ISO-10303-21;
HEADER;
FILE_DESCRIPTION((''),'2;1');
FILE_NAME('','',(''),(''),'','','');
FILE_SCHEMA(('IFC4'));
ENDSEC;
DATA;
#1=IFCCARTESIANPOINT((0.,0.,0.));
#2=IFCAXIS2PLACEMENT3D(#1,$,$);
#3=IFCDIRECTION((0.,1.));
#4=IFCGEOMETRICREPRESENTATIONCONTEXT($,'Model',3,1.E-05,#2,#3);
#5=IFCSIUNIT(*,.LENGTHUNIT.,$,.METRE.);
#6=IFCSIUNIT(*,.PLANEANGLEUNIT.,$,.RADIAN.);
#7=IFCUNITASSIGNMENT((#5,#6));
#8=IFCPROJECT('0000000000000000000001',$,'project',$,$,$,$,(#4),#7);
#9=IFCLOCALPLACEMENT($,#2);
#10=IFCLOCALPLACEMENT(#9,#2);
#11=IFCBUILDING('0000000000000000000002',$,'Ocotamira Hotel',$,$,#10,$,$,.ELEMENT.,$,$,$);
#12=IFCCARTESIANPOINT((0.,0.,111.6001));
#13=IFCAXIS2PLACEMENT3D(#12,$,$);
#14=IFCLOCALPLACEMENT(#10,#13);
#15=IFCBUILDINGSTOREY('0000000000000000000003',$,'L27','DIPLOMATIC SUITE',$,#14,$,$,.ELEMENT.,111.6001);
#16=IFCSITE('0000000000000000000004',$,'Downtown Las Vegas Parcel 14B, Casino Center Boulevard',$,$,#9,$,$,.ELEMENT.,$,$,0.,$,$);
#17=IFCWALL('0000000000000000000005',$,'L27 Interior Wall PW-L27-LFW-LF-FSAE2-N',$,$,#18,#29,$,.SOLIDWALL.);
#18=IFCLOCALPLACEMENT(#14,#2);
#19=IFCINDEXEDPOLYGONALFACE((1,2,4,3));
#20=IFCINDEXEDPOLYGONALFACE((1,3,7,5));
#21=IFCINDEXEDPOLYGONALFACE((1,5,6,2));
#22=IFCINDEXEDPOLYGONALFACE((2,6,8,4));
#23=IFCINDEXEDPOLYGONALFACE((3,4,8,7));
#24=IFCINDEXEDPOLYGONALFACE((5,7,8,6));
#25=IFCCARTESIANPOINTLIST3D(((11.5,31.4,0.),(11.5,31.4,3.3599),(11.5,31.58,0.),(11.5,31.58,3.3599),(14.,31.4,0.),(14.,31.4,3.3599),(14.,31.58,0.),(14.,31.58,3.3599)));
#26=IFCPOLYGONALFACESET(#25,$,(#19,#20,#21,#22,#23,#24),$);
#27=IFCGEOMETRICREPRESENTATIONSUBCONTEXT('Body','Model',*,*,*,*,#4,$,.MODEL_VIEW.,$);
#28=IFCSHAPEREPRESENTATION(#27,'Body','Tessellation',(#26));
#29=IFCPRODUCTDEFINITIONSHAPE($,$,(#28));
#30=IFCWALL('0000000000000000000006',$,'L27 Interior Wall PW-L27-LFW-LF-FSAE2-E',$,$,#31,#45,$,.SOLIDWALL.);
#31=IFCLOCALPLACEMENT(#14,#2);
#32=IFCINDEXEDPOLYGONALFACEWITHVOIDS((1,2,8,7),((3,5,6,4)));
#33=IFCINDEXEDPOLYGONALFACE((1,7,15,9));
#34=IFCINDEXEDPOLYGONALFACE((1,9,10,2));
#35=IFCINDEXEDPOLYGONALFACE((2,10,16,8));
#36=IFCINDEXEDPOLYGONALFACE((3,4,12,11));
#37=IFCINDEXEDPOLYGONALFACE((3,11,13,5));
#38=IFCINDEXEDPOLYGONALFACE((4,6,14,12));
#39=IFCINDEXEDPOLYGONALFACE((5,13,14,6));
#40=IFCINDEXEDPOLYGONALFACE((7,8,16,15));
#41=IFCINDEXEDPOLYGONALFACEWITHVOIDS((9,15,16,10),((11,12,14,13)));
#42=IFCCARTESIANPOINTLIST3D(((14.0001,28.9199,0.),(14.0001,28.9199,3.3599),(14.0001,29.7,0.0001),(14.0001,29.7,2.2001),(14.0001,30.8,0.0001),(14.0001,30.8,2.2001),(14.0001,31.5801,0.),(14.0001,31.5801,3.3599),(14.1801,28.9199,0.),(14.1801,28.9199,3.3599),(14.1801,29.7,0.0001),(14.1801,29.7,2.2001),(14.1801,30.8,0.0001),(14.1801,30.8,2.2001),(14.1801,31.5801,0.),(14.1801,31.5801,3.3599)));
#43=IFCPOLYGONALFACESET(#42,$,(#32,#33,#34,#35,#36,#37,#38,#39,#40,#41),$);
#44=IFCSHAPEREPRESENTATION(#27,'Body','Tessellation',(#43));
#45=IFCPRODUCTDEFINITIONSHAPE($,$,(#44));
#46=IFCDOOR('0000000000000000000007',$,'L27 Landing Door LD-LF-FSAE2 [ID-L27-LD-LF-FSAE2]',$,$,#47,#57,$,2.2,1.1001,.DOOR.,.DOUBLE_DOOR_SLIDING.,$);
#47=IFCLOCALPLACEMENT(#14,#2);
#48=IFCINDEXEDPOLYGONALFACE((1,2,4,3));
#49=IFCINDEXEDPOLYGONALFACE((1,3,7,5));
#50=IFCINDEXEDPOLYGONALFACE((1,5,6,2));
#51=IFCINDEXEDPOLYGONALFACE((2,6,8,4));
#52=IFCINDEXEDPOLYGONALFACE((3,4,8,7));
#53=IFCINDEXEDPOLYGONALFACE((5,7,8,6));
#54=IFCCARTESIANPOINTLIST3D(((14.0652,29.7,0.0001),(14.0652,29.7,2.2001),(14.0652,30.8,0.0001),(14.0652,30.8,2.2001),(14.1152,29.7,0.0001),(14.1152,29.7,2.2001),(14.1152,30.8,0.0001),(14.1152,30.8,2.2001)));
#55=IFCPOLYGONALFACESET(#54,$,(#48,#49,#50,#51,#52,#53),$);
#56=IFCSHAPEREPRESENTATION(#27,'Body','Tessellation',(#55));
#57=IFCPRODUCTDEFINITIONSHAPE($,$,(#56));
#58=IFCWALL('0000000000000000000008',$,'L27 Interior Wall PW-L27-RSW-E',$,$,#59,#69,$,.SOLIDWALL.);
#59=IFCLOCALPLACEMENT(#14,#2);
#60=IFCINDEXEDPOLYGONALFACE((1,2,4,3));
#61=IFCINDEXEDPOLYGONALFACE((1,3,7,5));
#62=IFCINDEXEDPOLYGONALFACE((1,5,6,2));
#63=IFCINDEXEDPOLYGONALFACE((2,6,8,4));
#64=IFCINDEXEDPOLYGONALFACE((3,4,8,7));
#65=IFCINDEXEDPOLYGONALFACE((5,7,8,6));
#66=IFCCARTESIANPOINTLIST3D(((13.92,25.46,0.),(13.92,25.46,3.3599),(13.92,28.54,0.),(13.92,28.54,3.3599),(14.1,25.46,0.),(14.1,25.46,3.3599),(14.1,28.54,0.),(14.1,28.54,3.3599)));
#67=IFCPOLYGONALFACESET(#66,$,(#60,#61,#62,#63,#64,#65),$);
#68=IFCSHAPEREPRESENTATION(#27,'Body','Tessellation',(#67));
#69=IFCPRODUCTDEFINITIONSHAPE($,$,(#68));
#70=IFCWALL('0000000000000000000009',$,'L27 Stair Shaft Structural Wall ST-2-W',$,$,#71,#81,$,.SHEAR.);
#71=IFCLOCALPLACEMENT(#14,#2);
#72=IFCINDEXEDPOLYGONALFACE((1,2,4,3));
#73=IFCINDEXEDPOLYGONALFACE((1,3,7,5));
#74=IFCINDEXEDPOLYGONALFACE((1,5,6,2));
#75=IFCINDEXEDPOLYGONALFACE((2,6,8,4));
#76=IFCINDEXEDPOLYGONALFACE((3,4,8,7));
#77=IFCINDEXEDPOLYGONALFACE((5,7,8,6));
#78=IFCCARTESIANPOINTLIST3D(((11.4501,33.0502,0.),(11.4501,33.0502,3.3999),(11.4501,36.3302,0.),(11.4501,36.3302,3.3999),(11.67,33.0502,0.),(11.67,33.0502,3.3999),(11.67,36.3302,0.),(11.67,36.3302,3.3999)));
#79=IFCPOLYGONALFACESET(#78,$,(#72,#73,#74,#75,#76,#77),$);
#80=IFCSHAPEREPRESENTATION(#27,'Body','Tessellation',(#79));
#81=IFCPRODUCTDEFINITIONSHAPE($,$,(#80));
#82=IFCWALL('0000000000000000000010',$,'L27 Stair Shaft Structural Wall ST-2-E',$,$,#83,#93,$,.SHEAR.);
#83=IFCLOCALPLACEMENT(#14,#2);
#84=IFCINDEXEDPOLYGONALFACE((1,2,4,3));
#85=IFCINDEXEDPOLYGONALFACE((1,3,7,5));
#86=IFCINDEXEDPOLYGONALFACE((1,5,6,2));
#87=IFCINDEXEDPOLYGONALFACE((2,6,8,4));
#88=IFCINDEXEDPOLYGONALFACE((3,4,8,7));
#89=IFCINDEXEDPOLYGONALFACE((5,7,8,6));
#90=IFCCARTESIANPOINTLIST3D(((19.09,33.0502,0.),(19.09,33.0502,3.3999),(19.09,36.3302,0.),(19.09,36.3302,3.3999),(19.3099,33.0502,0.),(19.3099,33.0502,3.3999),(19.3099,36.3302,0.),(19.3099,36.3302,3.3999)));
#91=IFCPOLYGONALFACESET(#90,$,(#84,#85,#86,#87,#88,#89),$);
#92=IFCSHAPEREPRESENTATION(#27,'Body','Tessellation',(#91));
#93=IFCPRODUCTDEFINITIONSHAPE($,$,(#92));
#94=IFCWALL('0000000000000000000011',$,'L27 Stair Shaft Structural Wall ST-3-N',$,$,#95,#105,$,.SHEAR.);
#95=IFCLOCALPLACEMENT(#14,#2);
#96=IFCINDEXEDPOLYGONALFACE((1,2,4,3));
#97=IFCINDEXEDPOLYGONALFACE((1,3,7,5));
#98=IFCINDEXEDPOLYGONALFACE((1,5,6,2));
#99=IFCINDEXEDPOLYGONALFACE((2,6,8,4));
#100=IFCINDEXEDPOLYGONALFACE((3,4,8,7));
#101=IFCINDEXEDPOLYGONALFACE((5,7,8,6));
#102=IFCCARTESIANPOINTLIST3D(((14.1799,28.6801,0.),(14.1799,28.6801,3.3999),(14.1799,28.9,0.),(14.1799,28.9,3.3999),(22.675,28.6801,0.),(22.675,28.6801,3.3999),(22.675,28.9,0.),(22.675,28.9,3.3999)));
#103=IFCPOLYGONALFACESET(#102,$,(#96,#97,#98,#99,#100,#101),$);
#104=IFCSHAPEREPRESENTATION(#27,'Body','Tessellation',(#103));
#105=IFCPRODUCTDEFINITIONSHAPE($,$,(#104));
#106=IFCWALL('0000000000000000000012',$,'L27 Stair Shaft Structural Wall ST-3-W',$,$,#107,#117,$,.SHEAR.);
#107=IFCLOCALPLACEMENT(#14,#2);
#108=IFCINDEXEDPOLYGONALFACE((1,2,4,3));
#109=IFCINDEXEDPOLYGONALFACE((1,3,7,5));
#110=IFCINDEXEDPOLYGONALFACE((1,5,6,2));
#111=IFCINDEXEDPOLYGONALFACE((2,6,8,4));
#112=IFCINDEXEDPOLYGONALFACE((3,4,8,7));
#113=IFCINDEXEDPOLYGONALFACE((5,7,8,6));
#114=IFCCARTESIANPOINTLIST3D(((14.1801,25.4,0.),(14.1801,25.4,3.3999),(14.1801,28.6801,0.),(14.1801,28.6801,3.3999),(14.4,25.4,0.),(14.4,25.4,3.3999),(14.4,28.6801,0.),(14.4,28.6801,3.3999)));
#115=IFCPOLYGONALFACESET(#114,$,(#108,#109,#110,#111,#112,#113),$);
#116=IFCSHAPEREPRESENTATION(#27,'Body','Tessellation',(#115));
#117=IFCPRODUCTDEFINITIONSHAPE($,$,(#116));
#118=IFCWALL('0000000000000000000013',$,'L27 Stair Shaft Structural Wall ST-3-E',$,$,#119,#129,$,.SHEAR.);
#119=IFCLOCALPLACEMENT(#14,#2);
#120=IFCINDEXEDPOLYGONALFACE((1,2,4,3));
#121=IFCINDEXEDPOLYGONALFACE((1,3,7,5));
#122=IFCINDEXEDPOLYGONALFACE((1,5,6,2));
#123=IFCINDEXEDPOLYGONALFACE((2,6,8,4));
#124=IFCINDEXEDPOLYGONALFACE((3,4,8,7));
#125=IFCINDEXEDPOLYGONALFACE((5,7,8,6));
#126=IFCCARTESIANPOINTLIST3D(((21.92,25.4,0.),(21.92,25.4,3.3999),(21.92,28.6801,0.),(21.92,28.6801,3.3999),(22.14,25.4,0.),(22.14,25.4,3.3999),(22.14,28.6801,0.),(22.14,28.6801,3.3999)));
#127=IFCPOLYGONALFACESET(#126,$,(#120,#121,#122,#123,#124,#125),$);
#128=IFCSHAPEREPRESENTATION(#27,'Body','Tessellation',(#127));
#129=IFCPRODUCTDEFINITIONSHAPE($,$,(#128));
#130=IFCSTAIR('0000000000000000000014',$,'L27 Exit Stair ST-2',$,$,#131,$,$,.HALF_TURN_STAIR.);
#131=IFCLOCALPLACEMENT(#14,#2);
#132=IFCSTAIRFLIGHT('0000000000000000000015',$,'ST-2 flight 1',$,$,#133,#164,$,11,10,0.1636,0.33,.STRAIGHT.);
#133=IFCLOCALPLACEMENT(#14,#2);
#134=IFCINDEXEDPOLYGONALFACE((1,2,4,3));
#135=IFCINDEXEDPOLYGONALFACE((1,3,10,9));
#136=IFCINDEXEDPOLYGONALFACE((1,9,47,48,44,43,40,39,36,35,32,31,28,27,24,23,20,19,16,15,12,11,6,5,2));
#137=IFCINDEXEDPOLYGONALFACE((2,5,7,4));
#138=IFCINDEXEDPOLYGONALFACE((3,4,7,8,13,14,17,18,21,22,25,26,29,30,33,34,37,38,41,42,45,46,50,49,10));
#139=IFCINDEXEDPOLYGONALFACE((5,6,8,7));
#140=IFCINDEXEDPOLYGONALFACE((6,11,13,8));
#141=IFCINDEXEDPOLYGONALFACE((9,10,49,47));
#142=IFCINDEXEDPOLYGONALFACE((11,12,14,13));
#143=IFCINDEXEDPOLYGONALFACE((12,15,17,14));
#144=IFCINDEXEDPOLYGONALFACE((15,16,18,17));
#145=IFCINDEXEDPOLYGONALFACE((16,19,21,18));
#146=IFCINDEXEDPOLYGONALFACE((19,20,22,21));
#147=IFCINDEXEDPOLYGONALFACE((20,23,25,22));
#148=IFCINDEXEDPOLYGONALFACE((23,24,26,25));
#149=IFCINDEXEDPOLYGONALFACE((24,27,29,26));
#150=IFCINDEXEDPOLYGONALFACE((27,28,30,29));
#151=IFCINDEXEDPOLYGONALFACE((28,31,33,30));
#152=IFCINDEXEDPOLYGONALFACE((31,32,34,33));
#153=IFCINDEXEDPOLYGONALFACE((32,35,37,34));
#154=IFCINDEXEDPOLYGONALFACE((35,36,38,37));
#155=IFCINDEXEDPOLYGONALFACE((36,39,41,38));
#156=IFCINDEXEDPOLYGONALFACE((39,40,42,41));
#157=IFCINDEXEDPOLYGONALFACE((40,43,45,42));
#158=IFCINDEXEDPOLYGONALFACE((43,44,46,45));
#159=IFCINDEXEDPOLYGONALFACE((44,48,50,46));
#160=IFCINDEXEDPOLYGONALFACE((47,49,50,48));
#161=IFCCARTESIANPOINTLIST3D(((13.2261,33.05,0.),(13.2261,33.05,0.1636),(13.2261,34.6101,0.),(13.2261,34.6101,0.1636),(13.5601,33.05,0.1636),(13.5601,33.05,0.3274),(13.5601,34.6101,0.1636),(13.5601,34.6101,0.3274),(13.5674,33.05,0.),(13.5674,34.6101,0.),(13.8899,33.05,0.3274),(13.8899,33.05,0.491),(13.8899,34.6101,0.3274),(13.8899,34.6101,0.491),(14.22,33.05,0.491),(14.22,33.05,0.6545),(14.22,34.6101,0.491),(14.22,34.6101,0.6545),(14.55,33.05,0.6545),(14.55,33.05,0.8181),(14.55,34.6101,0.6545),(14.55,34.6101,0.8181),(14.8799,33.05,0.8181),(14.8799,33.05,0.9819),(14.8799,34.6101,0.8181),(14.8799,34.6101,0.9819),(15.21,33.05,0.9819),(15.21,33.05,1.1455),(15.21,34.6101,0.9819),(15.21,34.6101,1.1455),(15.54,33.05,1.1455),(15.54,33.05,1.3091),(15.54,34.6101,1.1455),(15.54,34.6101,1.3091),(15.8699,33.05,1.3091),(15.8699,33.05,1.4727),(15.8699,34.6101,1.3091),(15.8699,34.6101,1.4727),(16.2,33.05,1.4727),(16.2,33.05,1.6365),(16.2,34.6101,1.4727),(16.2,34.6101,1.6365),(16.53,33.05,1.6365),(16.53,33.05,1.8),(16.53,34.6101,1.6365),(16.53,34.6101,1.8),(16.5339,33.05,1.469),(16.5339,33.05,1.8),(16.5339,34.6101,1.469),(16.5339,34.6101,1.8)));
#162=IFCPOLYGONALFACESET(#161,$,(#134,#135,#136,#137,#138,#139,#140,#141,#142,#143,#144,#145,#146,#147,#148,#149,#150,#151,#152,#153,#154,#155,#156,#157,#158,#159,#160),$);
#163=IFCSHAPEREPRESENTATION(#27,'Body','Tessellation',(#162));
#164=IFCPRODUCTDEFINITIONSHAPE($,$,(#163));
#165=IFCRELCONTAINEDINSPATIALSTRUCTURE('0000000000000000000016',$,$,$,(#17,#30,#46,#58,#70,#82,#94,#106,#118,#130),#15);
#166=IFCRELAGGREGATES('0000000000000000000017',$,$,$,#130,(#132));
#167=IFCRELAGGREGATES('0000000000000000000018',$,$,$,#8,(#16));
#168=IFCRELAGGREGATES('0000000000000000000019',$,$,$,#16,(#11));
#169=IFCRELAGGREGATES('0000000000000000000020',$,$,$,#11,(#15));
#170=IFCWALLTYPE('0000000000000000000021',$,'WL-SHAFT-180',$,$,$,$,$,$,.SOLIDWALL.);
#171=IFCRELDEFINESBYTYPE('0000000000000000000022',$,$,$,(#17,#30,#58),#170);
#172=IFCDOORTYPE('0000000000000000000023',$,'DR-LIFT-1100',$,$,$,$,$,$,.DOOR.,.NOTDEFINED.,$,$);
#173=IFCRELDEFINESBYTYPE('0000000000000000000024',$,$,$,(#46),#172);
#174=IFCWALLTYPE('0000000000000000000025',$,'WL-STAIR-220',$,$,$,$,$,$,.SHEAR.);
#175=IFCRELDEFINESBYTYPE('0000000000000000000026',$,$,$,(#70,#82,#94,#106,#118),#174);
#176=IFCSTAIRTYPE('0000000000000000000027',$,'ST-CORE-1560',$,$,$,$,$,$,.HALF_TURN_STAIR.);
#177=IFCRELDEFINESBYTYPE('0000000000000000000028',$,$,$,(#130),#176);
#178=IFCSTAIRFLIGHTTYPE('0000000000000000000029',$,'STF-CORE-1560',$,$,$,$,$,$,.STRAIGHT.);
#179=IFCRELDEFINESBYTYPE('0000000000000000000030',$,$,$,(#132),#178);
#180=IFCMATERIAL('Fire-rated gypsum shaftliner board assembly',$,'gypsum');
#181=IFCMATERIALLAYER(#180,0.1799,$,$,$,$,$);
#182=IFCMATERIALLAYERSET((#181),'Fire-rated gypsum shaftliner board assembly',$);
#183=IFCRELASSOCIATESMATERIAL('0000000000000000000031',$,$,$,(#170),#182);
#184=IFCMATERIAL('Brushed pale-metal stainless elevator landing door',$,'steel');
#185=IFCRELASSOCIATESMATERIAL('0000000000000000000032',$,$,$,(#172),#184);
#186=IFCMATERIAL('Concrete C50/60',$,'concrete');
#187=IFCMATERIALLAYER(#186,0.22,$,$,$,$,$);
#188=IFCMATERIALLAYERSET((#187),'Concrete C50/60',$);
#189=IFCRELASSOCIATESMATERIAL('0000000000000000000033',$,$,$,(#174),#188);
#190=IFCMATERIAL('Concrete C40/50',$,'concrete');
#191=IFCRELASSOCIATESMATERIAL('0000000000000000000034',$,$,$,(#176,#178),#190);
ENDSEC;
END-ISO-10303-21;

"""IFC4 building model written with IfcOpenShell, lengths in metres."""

from ifc_helpers import new_model, si_unit, direction, frame, frame_2d, origin, place, context, subcontext, project, spatial, polyline, rectangle, outline, extrude, source, transform, mapped, material, layer, layer_set, type_object, element, fill, aggregate, save


model = new_model("IFC4")

# Units and contexts
model_context = context("Model", 3, precision=1e-05, world=origin(), true_north=direction((0.0, 1.0)))
body_context = subcontext(model_context, "Body", "Model", "MODEL_VIEW")
ifc_project = project(units=[si_unit("LENGTHUNIT", "METRE"), si_unit("PLANEANGLEUNIT", "RADIAN")], contexts=[model_context])

# Site, building, storey
site_placement = place(None, origin())
site = spatial("IfcSite", under=ifc_project, at=site_placement, Name="Downtown Las Vegas Parcel 14B, Casino Center Boulevard", CompositionType="ELEMENT", RefElevation=0.0)
building_placement = place(site_placement, origin())
building = spatial("IfcBuilding", under=site, at=building_placement, Name="Ocotamira Hotel", CompositionType="ELEMENT")
storey_placement = place(building_placement, frame((0.0, 0.0, 111.6001)))
storey = spatial("IfcBuildingStorey", under=building, at=storey_placement, Name="L27", Description="DIPLOMATIC SUITE", CompositionType="ELEMENT", Elevation=111.6001)

# Wall
ifc_material_1 = material(Name="Fire-rated gypsum shaftliner board assembly", Category="gypsum")
ifc_layer_1 = layer(ifc_material_1, 0.1799)
ifc_layer_set_1 = layer_set([ifc_layer_1], Name="Fire-rated gypsum shaftliner board assembly")
wall_type_1 = type_object("IfcWallType", Name="WL-SHAFT-180", PredefinedType="SOLIDWALL", material=ifc_layer_set_1)
wall_1_placement = place(storey_placement, frame((11.5, 31.49, 0.0), z_axis=(0.0, 0.0, 1.0), x_axis=(1.0, 0.0, 0.0)))
element("IfcWall", 1, at=wall_1_placement, inside=storey, type_object=wall_type_1, Name="L27 Interior Wall PW-L27-LFW-LF-FSAE2-N", PredefinedType="SOLIDWALL", context=body_context, shape_type="SweptSolid", body=[
    extrude(rectangle(XDim=2.5, YDim=0.1799, at=frame_2d((1.25, 0.0))), origin(), (0.0, 0.0, 1.0), 3.3599),
])

# Wall, opening, door
wall_2_placement = place(storey_placement, frame((14.0901, 28.9199, 0.0), z_axis=(0.0, 0.0, 1.0), x_axis=(0.0, 1.0, 0.0)))
wall_2 = element("IfcWall", 2, at=wall_2_placement, inside=storey, type_object=wall_type_1, Name="L27 Interior Wall PW-L27-LFW-LF-FSAE2-E", PredefinedType="SOLIDWALL", context=body_context, shape_type="SweptSolid", body=[
    extrude(rectangle(XDim=2.6602, YDim=0.1799, at=frame_2d((1.3301, 0.0))), origin(), (0.0, 0.0, 1.0), 3.3599),
])
opening_1_placement = place(wall_2_placement, frame((0.78, 0.0, 0.0)))
opening_1 = element("IfcOpeningElement", 3, at=opening_1_placement, cuts=wall_2, PredefinedType="OPENING", context=body_context, shape_type="SweptSolid", body=[
    extrude(rectangle(XDim=1.1001, YDim=2.2, at=frame_2d((0.55, 1.1001))), frame((0.0, 0.1001, 0.0), z_axis=(0.0, -1.0, 0.0), x_axis=(1.0, 0.0, 0.0)), (0.0, 0.0, 1.0), 0.2),
])
ifc_material_2 = material(Name="Brushed pale-metal stainless elevator landing door", Category="steel")
door_type_1 = type_object("IfcDoorType", Name="DR-LIFT-1100", OperationType="NOTDEFINED", PredefinedType="DOOR", material=ifc_material_2)
shared_shape_1 = source(origin(), body_context, "Body", "SweptSolid", [
    extrude(rectangle(XDim=1.1001, YDim=2.2, at=frame_2d((0.55, 1.1001))), frame((0.0, 0.0249, 0.0), z_axis=(0.0, -1.0, 0.0), x_axis=(1.0, 0.0, 0.0)), (0.0, 0.0, 1.0), 0.05),
])
door_1_placement = place(opening_1_placement, origin())
door_1 = element("IfcDoor", 4, at=door_1_placement, inside=storey, type_object=door_type_1, Name="L27 Landing Door LD-LF-FSAE2 [ID-L27-LD-LF-FSAE2]", OperationType="DOUBLE_DOOR_SLIDING", OverallHeight=2.2, OverallWidth=1.1001, PredefinedType="DOOR", context=body_context, shape_type="MappedRepresentation", body=[
    mapped(shared_shape_1, transform((0.0, 0.0, 0.0), scale=1.0)),
])
fill(opening_1, door_1)

# Walls
wall_3_placement = place(storey_placement, frame((14.01, 25.46, 0.0), z_axis=(0.0, 0.0, 1.0), x_axis=(0.0, 1.0, 0.0)))
element("IfcWall", 5, at=wall_3_placement, inside=storey, type_object=wall_type_1, Name="L27 Interior Wall PW-L27-RSW-E", PredefinedType="SOLIDWALL", context=body_context, shape_type="SweptSolid", body=[
    extrude(rectangle(XDim=3.0801, YDim=0.1799, at=frame_2d((1.54, 0.0))), origin(), (0.0, 0.0, 1.0), 3.3599),
])
ifc_material_3 = material(Name="Concrete C50/60", Category="concrete")
ifc_layer_2 = layer(ifc_material_3, 0.22)
ifc_layer_set_2 = layer_set([ifc_layer_2], Name="Concrete C50/60")
wall_type_2 = type_object("IfcWallType", Name="WL-STAIR-220", PredefinedType="SHEAR", material=ifc_layer_set_2)
for number, where, z_axis, x_axis, name in (
    (6, (11.5601, 33.05, 0.0), (0.0, 0.0, 1.0), (0.0, 1.0, 0.0), "L27 Stair Shaft Structural Wall ST-2-W"),
    (7, (19.2, 33.05, 0.0), (0.0, 0.0, 1.0), (0.0, 1.0, 0.0), "L27 Stair Shaft Structural Wall ST-2-E"),
):
    element("IfcWall", number, at=place(storey_placement, frame(where, z_axis=z_axis, x_axis=x_axis)), inside=storey, type_object=wall_type_2, Name=name, PredefinedType="SHEAR", context=body_context, shape_type="SweptSolid", body=[
        extrude(rectangle(XDim=3.28, YDim=0.22, at=frame_2d((1.6401, 0.0))), origin(), (0.0, 0.0, 1.0), 3.3999),
    ])
wall_4_placement = place(storey_placement, frame((14.1799, 28.79, 0.0), z_axis=(0.0, 0.0, 1.0), x_axis=(1.0, 0.0, 0.0)))
element("IfcWall", 8, at=wall_4_placement, inside=storey, type_object=wall_type_2, Name="L27 Stair Shaft Structural Wall ST-3-N", PredefinedType="SHEAR", context=body_context, shape_type="SweptSolid", body=[
    extrude(rectangle(XDim=8.4951, YDim=0.22, at=frame_2d((4.2476, 0.0))), origin(), (0.0, 0.0, 1.0), 3.3999),
])
for number, where, z_axis, x_axis, name in (
    (9, (14.29, 25.3999, 0.0), (0.0, 0.0, 1.0), (0.0, 1.0, 0.0), "L27 Stair Shaft Structural Wall ST-3-W"),
    (10, (22.03, 25.3999, 0.0), (0.0, 0.0, 1.0), (0.0, 1.0, 0.0), "L27 Stair Shaft Structural Wall ST-3-E"),
):
    element("IfcWall", number, at=place(storey_placement, frame(where, z_axis=z_axis, x_axis=x_axis)), inside=storey, type_object=wall_type_2, Name=name, PredefinedType="SHEAR", context=body_context, shape_type="SweptSolid", body=[
        extrude(rectangle(XDim=3.28, YDim=0.22, at=frame_2d((1.6401, 0.0))), origin(), (0.0, 0.0, 1.0), 3.3999),
    ])

# Stair, stair flight
ifc_material_4 = material(Name="Concrete C40/50", Category="concrete")
stair_type = type_object("IfcStairType", Name="ST-CORE-1560", PredefinedType="HALF_TURN_STAIR", material=ifc_material_4)
stair_1_placement = place(storey_placement, origin())
stair_1 = element("IfcStair", 11, at=stair_1_placement, inside=storey, type_object=stair_type, Name="L27 Exit Stair ST-2", PredefinedType="HALF_TURN_STAIR")
stair_flight_type = type_object("IfcStairFlightType", Name="STF-CORE-1560", PredefinedType="STRAIGHT", material=ifc_material_4)
shared_shape_2 = source(origin(), body_context, "Body", "SweptSolid", [
    extrude(outline(polyline([(-0.0039, 0.0), (-0.0039, 0.1636), (0.3301, 0.1636), (0.3301, 0.3274), (0.6599, 0.3274), (0.6599, 0.491), (0.99, 0.491), (0.99, 0.6545), (1.3201, 0.6545), (1.3201, 0.8181), (1.6499, 0.8181), (1.6499, 0.9819), (1.98, 0.9819), (1.98, 1.1455), (2.3101, 1.1455), (2.3101, 1.3091), (2.6399, 1.3091), (2.6399, 1.4727), (2.97, 1.4727), (2.97, 1.6365), (3.3, 1.6365), (3.3, 1.8), (3.304, 1.8), (3.304, 1.469), (0.3374, 0.0), (-0.0039, 0.0)])), frame((0.0, 0.78, 0.0), z_axis=(0.0, -1.0, 0.0), x_axis=(1.0, 0.0, 0.0)), (0.0, 0.0, 1.0), 1.5601),
])
stair_flight_1_placement = place(storey_placement, frame((13.23, 33.8301, 0.0), z_axis=(0.0, 0.0, 1.0), x_axis=(1.0, 0.0, 0.0)))
stair_flight_1 = element("IfcStairFlight", 12, at=stair_flight_1_placement, type_object=stair_flight_type, Name="ST-2 flight 1", NumberOfRisers=11, NumberOfTreads=10, PredefinedType="STRAIGHT", RiserHeight=0.1636, TreadLength=0.33, context=body_context, shape_type="MappedRepresentation", body=[
    mapped(shared_shape_2, transform((0.0, 0.0, 0.0), scale=1.0)),
])
aggregate(stair_1, [stair_flight_1])

save(model, "model.ifc")
